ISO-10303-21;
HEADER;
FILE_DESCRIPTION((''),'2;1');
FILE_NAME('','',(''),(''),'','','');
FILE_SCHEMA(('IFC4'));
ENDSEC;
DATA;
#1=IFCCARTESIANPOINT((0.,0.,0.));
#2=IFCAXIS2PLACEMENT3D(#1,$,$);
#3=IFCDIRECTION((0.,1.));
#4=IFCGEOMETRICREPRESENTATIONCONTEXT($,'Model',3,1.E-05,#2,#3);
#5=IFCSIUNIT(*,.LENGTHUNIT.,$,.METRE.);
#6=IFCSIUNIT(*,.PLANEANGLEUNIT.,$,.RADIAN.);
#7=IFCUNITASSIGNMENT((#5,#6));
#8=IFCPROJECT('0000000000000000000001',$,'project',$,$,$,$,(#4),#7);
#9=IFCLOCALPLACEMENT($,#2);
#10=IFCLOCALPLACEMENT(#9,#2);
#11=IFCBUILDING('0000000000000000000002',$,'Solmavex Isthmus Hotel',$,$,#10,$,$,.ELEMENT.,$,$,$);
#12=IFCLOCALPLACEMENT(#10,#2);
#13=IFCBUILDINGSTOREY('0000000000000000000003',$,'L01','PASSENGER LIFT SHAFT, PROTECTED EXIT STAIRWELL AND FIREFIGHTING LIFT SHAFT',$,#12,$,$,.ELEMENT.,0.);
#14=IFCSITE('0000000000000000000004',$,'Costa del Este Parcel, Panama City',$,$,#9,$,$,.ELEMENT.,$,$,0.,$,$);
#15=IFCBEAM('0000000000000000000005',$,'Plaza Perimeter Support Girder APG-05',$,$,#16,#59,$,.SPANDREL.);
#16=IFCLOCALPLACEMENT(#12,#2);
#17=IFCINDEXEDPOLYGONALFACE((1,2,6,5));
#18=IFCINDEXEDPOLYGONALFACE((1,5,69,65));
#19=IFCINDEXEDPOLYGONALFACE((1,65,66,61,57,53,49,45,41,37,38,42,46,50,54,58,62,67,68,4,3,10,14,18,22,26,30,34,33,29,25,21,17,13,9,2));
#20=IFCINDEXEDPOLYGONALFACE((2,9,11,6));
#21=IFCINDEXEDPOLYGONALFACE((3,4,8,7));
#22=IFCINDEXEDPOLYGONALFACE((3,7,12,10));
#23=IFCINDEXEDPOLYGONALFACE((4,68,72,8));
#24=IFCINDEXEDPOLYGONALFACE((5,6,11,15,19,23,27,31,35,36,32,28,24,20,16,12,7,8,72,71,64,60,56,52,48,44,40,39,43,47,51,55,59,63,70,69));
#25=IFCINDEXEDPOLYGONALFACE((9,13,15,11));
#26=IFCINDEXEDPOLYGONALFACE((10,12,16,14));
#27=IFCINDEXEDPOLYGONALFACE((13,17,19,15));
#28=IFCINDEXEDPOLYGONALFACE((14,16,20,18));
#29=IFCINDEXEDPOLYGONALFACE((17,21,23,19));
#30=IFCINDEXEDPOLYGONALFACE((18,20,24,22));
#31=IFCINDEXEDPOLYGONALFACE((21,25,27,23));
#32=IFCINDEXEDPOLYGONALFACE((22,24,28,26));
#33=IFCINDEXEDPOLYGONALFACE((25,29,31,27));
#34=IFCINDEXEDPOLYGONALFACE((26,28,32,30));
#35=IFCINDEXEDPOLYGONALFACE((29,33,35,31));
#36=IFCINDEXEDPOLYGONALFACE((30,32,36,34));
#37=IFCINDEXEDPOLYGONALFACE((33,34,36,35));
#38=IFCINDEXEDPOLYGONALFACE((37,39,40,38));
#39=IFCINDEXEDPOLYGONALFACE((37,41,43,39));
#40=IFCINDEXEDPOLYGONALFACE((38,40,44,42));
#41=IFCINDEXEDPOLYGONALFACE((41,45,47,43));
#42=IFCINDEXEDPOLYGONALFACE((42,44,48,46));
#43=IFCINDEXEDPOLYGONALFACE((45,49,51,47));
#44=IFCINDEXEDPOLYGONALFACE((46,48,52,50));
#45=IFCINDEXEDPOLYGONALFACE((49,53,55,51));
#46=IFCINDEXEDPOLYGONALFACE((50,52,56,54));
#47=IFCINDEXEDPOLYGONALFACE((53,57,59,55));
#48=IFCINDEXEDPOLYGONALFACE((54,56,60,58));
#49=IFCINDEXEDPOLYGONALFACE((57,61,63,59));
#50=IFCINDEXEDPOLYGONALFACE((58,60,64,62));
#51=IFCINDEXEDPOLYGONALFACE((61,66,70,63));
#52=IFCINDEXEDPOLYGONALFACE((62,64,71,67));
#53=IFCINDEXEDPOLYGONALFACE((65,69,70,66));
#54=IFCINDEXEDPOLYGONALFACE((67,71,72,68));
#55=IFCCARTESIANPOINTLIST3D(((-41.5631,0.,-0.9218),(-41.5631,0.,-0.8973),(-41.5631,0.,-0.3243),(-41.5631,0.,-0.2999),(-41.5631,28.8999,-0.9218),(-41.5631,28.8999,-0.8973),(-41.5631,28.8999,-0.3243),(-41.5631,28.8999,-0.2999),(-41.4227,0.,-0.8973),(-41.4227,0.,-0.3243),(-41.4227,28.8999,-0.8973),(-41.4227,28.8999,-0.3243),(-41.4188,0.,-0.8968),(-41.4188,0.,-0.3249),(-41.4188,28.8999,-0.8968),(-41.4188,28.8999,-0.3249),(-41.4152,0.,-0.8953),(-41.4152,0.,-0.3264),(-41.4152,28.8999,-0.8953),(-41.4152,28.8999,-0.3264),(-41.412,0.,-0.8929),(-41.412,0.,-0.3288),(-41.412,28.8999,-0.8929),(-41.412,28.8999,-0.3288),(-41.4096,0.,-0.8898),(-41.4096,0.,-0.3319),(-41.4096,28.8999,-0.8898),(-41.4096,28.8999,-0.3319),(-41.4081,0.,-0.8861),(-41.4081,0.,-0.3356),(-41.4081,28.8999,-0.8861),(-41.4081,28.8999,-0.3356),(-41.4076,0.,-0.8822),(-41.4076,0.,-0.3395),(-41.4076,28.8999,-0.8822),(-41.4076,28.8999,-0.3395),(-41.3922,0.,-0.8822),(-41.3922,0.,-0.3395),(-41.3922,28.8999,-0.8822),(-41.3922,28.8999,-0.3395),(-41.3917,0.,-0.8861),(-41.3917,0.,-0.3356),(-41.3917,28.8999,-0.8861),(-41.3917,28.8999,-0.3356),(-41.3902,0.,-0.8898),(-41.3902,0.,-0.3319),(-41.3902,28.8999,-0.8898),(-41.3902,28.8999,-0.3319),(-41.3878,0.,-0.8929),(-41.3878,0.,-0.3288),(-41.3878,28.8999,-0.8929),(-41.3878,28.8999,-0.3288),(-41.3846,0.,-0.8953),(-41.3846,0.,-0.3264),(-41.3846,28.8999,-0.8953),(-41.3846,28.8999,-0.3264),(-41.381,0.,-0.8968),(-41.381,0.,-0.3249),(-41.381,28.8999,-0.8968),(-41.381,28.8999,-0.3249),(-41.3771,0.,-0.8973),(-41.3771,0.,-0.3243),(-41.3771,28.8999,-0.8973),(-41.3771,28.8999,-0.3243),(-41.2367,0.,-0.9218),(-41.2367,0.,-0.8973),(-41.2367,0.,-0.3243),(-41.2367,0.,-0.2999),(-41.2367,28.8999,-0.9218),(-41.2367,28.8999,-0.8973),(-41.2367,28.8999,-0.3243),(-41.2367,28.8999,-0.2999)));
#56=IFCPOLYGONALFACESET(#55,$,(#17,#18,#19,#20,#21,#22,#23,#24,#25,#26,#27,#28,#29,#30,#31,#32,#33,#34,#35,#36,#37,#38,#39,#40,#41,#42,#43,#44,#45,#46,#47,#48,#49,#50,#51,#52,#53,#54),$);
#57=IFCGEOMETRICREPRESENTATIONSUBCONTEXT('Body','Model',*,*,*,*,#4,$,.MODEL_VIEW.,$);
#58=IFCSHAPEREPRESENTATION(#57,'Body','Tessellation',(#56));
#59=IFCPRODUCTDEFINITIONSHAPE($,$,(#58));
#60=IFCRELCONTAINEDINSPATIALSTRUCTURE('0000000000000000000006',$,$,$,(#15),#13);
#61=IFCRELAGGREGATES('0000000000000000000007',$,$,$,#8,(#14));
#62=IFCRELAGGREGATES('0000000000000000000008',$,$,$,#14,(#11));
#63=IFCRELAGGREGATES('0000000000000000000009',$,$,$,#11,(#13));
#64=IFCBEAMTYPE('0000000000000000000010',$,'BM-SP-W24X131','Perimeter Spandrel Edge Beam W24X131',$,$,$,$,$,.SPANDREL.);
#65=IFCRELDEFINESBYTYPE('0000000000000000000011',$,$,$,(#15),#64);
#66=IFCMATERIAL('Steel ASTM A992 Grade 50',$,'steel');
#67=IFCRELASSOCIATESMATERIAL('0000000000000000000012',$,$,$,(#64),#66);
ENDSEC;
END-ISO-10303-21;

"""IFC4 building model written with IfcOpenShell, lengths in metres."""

from ifc_helpers import new_model, si_unit, direction, frame, origin, origin_2d, place, context, subcontext, project, spatial, i_section, extrude, material, material_profile, profile_set, type_object, element, save


model = new_model("IFC4")

# Units and contexts
model_context = context("Model", 3, precision=1e-05, world=origin(), true_north=direction((0.0, 1.0)))
body_context = subcontext(model_context, "Body", "Model", "MODEL_VIEW")
ifc_project = project(units=[si_unit("LENGTHUNIT", "METRE"), si_unit("PLANEANGLEUNIT", "RADIAN")], contexts=[model_context])

# Site, building, storey
site_placement = place(None, origin())
site = spatial("IfcSite", under=ifc_project, at=site_placement, Name="Costa del Este Parcel, Panama City", CompositionType="ELEMENT", RefElevation=0.0)
building_placement = place(site_placement, origin())
building = spatial("IfcBuilding", under=site, at=building_placement, Name="Solmavex Isthmus Hotel", CompositionType="ELEMENT")
storey_placement = place(building_placement, origin())
storey = spatial("IfcBuildingStorey", under=building, at=storey_placement, Name="L01", Description="PASSENGER LIFT SHAFT, PROTECTED EXIT STAIRWELL AND FIREFIGHTING LIFT SHAFT", CompositionType="ELEMENT", Elevation=0.0)

# Beam
ifc_material_1 = material(Name="Steel ASTM A992 Grade 50", Category="steel")
ifc_material_profile_1 = material_profile(ifc_material_1, i_section(OverallWidth=0.3264, OverallDepth=0.6218, WebThickness=0.0154, FlangeThickness=0.0244, FilletRadius=0.0151, at=origin_2d()), Name="W24X131")
ifc_profile_set_1 = profile_set([ifc_material_profile_1], Name="Steel ASTM A992 Grade 50")
beam_type_1 = type_object("IfcBeamType", Name="BM-SP-W24X131", Description="Perimeter Spandrel Edge Beam W24X131", PredefinedType="SPANDREL", material=ifc_profile_set_1)
beam_1_placement = place(storey_placement, frame((-41.3999, 28.8999, -0.6108), z_axis=(0.0, -1.0, 0.0), x_axis=(1.0, 0.0, 0.0)))
element("IfcBeam", 1, at=beam_1_placement, inside=storey, type_object=beam_type_1, Name="Plaza Perimeter Support Girder APG-05", PredefinedType="SPANDREL", context=body_context, shape_type="SweptSolid", body=[
    extrude(i_section(OverallWidth=0.3264, OverallDepth=0.6218, WebThickness=0.0154, FlangeThickness=0.0244, FilletRadius=0.0151, at=origin_2d()), origin(), (0.0, 0.0, 1.0), 28.8999),
])

save(model, "model.ifc")
